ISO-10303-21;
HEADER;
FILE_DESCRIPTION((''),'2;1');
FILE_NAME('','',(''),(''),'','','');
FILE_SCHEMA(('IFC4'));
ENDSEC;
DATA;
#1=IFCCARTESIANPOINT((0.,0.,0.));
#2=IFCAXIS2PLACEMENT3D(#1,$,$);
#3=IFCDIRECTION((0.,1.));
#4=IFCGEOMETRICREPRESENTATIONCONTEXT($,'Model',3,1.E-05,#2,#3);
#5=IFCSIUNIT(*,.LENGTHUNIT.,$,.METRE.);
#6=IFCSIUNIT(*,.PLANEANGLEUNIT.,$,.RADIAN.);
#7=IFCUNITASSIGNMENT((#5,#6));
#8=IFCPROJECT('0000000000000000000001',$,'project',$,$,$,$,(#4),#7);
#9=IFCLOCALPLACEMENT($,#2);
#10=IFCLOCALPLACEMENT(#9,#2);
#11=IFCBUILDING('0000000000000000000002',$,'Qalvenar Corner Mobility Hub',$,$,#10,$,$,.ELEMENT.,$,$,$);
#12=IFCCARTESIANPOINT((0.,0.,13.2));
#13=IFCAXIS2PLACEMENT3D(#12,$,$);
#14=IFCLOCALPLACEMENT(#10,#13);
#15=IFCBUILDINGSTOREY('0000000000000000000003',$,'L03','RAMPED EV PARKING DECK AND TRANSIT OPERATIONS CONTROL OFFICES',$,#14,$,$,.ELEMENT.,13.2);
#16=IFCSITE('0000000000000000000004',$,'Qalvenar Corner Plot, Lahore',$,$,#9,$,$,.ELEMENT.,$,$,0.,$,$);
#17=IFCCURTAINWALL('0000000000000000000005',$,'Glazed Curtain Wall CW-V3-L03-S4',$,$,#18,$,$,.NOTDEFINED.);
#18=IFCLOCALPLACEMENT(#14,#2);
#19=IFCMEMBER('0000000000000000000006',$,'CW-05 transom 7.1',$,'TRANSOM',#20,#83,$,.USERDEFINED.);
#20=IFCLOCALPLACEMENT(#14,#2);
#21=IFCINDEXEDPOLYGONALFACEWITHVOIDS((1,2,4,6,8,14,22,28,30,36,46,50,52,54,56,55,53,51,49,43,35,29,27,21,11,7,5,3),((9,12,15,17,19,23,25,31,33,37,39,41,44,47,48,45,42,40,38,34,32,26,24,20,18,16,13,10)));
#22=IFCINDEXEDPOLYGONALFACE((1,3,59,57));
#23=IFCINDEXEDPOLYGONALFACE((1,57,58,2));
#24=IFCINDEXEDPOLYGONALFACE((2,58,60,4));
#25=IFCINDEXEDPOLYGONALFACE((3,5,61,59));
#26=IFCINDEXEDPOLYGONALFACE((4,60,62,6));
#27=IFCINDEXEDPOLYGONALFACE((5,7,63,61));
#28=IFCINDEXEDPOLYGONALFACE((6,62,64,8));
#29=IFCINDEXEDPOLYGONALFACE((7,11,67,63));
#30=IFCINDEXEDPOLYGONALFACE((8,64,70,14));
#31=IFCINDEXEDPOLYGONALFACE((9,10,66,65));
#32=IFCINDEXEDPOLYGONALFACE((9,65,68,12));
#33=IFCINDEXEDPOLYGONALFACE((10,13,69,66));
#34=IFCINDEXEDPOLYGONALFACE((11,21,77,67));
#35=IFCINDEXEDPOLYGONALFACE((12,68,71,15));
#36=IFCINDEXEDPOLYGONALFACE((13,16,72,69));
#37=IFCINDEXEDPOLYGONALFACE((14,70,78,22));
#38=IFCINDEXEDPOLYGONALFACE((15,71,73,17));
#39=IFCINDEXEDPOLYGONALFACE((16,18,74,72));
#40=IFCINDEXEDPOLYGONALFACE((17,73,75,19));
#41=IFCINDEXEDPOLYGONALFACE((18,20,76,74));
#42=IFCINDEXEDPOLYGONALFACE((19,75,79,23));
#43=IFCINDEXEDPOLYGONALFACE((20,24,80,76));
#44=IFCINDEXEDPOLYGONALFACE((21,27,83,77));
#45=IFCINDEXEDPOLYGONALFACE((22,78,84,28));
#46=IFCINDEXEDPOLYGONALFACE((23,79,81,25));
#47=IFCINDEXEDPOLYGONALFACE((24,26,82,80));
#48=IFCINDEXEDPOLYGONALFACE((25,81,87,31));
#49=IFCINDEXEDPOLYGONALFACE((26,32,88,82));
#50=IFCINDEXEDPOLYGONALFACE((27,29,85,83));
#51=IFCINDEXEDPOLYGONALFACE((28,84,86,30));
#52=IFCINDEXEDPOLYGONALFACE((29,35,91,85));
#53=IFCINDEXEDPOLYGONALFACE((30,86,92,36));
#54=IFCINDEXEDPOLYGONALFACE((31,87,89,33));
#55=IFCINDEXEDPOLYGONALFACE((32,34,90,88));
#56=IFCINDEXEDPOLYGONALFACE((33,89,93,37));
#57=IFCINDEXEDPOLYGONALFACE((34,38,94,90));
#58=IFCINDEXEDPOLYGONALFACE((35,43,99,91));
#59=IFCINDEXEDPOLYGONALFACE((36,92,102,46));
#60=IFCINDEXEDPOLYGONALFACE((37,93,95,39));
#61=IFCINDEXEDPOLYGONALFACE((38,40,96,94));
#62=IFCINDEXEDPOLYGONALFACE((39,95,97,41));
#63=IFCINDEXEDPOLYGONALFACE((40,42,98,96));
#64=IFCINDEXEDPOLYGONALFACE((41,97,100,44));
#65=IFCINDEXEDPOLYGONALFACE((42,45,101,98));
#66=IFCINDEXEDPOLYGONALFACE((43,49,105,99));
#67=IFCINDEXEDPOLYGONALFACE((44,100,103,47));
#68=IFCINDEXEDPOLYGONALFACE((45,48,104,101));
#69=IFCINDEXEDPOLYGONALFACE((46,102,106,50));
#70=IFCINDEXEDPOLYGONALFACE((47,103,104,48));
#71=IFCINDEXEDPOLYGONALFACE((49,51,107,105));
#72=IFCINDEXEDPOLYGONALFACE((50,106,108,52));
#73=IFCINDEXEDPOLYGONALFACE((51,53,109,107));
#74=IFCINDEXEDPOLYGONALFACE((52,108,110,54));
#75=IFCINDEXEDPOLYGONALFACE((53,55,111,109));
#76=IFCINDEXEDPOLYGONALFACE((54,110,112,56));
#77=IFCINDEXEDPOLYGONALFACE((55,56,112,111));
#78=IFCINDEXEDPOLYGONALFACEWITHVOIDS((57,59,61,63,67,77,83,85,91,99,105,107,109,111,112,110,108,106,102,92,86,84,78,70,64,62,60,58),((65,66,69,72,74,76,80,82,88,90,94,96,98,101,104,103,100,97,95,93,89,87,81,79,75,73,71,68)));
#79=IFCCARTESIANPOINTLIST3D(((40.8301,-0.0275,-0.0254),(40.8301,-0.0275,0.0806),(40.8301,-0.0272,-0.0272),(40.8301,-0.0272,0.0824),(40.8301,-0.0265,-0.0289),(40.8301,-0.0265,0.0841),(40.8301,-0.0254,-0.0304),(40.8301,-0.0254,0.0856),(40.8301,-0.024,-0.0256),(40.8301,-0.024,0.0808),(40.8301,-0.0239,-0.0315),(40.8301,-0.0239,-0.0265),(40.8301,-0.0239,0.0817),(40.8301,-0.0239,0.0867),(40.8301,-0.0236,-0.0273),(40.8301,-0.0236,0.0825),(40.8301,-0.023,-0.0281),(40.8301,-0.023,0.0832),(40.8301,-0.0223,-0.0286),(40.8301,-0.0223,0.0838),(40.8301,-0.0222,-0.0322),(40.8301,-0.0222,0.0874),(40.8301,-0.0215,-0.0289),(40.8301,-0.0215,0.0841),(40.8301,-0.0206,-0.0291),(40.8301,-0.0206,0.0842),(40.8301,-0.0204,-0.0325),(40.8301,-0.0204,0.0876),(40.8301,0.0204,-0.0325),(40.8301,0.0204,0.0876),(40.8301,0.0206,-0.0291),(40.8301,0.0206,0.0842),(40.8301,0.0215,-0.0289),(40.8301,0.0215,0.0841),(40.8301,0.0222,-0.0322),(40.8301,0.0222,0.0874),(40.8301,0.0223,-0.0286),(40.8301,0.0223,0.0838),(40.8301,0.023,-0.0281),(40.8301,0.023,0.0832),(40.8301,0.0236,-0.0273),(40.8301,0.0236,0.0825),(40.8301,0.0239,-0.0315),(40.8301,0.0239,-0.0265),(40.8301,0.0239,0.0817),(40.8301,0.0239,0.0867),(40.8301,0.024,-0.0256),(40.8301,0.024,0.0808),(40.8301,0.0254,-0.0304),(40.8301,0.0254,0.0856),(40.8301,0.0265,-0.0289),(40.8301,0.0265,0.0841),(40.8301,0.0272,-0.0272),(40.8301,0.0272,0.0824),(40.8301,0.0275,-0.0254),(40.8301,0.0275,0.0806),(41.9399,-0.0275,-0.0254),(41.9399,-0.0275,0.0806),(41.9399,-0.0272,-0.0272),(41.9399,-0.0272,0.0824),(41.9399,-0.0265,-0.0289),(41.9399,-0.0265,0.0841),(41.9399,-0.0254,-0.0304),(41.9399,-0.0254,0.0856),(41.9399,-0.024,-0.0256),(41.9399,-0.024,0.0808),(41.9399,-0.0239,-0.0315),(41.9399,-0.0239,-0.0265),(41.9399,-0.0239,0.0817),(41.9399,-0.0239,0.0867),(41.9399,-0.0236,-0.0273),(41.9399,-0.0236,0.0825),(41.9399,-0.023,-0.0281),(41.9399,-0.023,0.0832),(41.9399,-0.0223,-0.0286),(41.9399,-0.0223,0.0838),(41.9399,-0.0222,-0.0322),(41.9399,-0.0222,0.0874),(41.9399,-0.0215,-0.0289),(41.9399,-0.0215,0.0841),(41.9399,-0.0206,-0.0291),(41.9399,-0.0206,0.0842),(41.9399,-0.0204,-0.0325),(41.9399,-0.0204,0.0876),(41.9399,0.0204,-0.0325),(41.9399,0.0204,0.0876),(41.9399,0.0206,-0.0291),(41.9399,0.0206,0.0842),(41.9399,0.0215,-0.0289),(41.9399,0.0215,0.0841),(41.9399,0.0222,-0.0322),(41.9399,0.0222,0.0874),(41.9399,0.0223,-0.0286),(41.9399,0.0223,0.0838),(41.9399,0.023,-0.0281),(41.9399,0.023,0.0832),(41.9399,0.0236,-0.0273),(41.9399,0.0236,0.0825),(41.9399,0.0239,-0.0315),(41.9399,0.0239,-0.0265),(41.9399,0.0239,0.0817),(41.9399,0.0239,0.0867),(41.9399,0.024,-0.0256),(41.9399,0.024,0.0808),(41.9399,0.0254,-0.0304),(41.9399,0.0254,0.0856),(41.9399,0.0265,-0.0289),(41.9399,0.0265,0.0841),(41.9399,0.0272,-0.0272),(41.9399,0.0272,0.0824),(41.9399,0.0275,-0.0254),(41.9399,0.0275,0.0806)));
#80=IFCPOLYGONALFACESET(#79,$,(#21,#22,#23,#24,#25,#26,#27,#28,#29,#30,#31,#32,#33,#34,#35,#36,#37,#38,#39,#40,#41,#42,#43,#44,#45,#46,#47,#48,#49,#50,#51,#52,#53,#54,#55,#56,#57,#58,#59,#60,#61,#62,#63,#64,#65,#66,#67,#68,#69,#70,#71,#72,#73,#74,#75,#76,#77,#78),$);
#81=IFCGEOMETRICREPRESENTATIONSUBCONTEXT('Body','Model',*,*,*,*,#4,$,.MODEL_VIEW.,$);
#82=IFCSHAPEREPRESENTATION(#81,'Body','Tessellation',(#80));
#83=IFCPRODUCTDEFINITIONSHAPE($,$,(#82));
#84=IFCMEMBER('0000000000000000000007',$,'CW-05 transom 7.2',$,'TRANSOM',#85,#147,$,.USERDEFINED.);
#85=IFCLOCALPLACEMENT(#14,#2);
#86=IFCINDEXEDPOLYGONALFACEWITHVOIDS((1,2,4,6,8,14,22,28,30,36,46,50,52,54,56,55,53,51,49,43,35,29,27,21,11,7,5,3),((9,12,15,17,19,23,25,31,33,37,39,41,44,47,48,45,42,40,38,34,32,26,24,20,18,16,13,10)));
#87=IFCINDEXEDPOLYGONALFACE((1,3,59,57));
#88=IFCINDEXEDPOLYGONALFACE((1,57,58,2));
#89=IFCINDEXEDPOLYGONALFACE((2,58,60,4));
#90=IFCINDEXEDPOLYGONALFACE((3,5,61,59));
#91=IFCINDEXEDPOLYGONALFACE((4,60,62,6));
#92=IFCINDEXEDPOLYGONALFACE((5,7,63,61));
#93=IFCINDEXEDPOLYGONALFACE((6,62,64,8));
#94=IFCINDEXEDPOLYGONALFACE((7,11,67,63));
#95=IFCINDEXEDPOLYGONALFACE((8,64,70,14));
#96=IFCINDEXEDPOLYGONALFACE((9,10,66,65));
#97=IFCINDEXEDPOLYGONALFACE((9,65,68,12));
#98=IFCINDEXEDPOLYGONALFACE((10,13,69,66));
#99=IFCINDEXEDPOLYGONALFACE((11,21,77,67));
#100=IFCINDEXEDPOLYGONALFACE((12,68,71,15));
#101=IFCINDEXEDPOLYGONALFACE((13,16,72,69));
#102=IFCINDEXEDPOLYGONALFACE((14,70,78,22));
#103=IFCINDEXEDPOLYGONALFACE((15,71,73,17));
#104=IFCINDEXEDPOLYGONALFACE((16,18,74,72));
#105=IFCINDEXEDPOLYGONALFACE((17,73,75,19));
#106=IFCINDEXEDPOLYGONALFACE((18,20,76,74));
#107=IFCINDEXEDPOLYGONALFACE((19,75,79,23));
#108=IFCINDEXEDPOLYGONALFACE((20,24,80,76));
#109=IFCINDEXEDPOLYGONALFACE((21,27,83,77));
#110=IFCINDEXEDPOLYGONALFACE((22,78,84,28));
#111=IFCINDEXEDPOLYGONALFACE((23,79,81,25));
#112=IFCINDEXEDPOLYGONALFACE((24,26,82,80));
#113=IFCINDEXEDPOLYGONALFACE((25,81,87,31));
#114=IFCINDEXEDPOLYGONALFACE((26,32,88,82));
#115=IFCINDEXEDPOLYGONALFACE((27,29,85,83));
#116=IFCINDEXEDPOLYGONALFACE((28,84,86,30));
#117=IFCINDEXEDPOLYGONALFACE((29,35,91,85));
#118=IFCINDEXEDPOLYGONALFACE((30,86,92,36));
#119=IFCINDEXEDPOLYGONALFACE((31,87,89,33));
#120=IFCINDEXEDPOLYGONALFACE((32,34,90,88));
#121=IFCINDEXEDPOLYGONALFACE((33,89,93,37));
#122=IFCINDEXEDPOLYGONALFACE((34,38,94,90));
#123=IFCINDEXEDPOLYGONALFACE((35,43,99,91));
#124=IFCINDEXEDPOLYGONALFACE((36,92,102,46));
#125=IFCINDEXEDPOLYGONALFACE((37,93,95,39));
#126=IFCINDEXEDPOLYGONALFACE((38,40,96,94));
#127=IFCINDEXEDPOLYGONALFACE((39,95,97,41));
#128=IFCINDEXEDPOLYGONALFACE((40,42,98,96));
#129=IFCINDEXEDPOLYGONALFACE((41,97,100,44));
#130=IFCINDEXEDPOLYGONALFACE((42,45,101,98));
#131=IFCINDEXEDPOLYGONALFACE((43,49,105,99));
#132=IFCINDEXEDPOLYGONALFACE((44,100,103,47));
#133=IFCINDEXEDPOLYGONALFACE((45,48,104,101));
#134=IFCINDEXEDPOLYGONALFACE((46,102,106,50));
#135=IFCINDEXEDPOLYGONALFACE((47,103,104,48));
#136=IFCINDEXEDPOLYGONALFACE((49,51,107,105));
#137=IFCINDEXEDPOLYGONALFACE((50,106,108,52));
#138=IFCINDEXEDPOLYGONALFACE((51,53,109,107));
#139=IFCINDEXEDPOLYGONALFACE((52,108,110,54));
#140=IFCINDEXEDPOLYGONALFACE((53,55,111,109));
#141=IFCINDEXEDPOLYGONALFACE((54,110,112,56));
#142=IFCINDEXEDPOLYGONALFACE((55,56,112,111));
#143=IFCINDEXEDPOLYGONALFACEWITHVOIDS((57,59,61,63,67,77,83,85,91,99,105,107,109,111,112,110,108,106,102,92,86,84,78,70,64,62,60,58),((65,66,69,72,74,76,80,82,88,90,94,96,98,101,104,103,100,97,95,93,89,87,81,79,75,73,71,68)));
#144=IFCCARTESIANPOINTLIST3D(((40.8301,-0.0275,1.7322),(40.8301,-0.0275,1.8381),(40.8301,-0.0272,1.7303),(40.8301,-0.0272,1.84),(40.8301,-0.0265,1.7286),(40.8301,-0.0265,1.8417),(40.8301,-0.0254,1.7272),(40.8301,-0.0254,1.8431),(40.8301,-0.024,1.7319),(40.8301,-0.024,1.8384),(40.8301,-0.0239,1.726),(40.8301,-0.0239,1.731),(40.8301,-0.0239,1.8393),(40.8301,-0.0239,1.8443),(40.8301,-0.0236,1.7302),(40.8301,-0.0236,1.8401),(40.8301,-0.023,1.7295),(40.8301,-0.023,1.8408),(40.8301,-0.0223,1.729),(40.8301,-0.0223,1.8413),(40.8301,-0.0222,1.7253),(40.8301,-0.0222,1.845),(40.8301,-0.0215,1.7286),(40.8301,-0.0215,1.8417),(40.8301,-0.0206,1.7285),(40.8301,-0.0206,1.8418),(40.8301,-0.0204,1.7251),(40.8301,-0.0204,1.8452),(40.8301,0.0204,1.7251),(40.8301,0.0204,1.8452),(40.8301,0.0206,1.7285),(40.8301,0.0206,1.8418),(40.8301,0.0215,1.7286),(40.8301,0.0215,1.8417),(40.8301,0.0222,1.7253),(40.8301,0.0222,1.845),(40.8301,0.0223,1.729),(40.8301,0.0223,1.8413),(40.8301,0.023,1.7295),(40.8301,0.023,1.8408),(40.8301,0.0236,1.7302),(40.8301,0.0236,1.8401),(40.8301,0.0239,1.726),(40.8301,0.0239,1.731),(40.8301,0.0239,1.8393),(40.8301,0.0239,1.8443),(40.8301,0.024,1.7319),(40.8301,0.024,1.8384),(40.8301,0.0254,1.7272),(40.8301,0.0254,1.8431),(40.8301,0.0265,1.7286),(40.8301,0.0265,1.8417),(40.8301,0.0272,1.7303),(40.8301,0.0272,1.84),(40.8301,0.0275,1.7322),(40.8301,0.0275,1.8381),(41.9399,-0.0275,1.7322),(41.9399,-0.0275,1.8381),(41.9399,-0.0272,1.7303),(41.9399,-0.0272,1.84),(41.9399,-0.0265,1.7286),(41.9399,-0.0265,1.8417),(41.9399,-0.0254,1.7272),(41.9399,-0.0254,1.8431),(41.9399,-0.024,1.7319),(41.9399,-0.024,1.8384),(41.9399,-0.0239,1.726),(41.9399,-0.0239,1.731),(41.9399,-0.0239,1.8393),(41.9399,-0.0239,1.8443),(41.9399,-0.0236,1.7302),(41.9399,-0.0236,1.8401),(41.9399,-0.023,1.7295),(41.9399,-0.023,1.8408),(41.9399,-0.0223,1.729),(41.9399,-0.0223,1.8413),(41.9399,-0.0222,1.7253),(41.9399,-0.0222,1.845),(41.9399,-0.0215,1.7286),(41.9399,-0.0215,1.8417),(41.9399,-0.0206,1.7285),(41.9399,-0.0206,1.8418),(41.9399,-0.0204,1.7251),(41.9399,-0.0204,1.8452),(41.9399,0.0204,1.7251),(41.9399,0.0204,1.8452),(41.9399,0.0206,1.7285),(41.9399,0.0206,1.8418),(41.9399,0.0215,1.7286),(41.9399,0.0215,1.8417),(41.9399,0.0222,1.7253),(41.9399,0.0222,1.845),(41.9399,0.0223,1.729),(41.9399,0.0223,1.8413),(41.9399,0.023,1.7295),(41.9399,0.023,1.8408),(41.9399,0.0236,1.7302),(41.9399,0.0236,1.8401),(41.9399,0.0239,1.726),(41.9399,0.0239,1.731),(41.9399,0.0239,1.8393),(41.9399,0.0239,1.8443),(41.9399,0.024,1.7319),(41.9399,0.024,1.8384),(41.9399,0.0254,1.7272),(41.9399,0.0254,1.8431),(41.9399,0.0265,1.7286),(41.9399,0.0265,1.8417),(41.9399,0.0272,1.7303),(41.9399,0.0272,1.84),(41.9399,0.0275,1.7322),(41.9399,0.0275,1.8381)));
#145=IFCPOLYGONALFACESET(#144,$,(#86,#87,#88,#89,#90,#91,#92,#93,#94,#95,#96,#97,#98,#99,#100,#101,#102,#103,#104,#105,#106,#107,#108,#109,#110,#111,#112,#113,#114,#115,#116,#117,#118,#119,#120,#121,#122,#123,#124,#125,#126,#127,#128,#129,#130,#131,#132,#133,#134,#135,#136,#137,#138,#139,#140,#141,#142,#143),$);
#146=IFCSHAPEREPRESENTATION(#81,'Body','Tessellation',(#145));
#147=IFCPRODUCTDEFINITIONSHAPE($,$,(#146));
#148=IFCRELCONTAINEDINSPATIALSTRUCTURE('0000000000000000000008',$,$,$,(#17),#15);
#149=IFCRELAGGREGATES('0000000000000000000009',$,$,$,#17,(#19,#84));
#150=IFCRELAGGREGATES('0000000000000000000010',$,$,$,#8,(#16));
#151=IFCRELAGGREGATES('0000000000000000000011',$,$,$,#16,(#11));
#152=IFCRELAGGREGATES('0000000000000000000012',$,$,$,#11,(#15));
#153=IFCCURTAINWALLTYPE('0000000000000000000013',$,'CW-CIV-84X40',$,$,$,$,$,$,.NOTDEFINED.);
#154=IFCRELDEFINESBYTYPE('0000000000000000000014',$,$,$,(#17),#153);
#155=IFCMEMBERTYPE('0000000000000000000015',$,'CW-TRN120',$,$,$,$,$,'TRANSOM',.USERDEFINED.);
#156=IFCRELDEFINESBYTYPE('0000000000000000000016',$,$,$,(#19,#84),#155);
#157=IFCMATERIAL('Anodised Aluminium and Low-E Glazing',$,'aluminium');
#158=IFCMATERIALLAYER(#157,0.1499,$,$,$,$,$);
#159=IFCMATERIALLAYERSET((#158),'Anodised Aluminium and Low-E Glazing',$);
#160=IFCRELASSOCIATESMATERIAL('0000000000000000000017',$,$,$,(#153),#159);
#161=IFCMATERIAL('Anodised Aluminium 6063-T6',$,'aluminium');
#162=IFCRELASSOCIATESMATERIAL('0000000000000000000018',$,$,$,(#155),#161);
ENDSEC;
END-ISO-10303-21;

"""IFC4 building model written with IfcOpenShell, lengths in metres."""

from ifc_helpers import new_model, si_unit, direction, frame, origin, origin_2d, place, context, subcontext, project, spatial, hollow_rectangle, extrude, material, layer, layer_set, material_profile, profile_set, type_object, element, aggregate, save


model = new_model("IFC4")

# Units and contexts
model_context = context("Model", 3, precision=1e-05, world=origin(), true_north=direction((0.0, 1.0)))
body_context = subcontext(model_context, "Body", "Model", "MODEL_VIEW")
ifc_project = project(units=[si_unit("LENGTHUNIT", "METRE"), si_unit("PLANEANGLEUNIT", "RADIAN")], contexts=[model_context])

# Site, building, storey
site_placement = place(None, origin())
site = spatial("IfcSite", under=ifc_project, at=site_placement, Name="Qalvenar Corner Plot, Lahore", CompositionType="ELEMENT", RefElevation=0.0)
building_placement = place(site_placement, origin())
building = spatial("IfcBuilding", under=site, at=building_placement, Name="Qalvenar Corner Mobility Hub", CompositionType="ELEMENT")
storey_placement = place(building_placement, frame((0.0, 0.0, 13.2)))
storey = spatial("IfcBuildingStorey", under=building, at=storey_placement, Name="L03", Description="RAMPED EV PARKING DECK AND TRANSIT OPERATIONS CONTROL OFFICES", CompositionType="ELEMENT", Elevation=13.2)

# Curtain wall, members
ifc_material_1 = material(Name="Anodised Aluminium and Low-E Glazing", Category="aluminium")
ifc_layer_1 = layer(ifc_material_1, 0.1499)
ifc_layer_set_1 = layer_set([ifc_layer_1], Name="Anodised Aluminium and Low-E Glazing")
curtain_wall_type = type_object("IfcCurtainWallType", Name="CW-CIV-84X40", PredefinedType="NOTDEFINED", material=ifc_layer_set_1)
curtain_wall_placement = place(storey_placement, origin())
curtain_wall = element("IfcCurtainWall", 1, at=curtain_wall_placement, inside=storey, type_object=curtain_wall_type, Name="Glazed Curtain Wall CW-V3-L03-S4", PredefinedType="NOTDEFINED")
ifc_material_2 = material(Name="Anodised Aluminium 6063-T6", Category="aluminium")
ifc_material_profile_1 = material_profile(ifc_material_2, hollow_rectangle(XDim=0.0549, YDim=0.1201, WallThickness=0.0034, InnerFilletRadius=0.0034, OuterFilletRadius=0.0071, at=origin_2d()), Name="RHS120x55x3.5")
ifc_profile_set_1 = profile_set([ifc_material_profile_1], Name="Anodised Aluminium 6063-T6")
member_type_1 = type_object("IfcMemberType", Name="CW-TRN120", ElementType="TRANSOM", PredefinedType="USERDEFINED", material=ifc_profile_set_1)
member_1_placement = place(storey_placement, frame((40.8301, 0.0, 0.0276), z_axis=(1.0, 0.0, 0.0), x_axis=(0.0, 1.0, 0.0)))
member_1 = element("IfcMember", 2, at=member_1_placement, type_object=member_type_1, Name="CW-05 transom 7.1", ObjectType="TRANSOM", PredefinedType="USERDEFINED", context=body_context, shape_type="SweptSolid", body=[
    extrude(hollow_rectangle(XDim=0.0549, YDim=0.1201, WallThickness=0.0034, InnerFilletRadius=0.0034, OuterFilletRadius=0.0071, at=origin_2d()), origin(), (0.0, 0.0, 1.0), 1.1099),
])
member_2_placement = place(storey_placement, frame((40.8301, 0.0, 1.7852), z_axis=(1.0, 0.0, 0.0), x_axis=(0.0, 1.0, 0.0)))
member_2 = element("IfcMember", 3, at=member_2_placement, type_object=member_type_1, Name="CW-05 transom 7.2", ObjectType="TRANSOM", PredefinedType="USERDEFINED", context=body_context, shape_type="SweptSolid", body=[
    extrude(hollow_rectangle(XDim=0.0549, YDim=0.1201, WallThickness=0.0034, InnerFilletRadius=0.0034, OuterFilletRadius=0.0071, at=origin_2d()), origin(), (0.0, 0.0, 1.0), 1.1099),
])
aggregate(curtain_wall, [member_1, member_2])

save(model, "model.ifc")
